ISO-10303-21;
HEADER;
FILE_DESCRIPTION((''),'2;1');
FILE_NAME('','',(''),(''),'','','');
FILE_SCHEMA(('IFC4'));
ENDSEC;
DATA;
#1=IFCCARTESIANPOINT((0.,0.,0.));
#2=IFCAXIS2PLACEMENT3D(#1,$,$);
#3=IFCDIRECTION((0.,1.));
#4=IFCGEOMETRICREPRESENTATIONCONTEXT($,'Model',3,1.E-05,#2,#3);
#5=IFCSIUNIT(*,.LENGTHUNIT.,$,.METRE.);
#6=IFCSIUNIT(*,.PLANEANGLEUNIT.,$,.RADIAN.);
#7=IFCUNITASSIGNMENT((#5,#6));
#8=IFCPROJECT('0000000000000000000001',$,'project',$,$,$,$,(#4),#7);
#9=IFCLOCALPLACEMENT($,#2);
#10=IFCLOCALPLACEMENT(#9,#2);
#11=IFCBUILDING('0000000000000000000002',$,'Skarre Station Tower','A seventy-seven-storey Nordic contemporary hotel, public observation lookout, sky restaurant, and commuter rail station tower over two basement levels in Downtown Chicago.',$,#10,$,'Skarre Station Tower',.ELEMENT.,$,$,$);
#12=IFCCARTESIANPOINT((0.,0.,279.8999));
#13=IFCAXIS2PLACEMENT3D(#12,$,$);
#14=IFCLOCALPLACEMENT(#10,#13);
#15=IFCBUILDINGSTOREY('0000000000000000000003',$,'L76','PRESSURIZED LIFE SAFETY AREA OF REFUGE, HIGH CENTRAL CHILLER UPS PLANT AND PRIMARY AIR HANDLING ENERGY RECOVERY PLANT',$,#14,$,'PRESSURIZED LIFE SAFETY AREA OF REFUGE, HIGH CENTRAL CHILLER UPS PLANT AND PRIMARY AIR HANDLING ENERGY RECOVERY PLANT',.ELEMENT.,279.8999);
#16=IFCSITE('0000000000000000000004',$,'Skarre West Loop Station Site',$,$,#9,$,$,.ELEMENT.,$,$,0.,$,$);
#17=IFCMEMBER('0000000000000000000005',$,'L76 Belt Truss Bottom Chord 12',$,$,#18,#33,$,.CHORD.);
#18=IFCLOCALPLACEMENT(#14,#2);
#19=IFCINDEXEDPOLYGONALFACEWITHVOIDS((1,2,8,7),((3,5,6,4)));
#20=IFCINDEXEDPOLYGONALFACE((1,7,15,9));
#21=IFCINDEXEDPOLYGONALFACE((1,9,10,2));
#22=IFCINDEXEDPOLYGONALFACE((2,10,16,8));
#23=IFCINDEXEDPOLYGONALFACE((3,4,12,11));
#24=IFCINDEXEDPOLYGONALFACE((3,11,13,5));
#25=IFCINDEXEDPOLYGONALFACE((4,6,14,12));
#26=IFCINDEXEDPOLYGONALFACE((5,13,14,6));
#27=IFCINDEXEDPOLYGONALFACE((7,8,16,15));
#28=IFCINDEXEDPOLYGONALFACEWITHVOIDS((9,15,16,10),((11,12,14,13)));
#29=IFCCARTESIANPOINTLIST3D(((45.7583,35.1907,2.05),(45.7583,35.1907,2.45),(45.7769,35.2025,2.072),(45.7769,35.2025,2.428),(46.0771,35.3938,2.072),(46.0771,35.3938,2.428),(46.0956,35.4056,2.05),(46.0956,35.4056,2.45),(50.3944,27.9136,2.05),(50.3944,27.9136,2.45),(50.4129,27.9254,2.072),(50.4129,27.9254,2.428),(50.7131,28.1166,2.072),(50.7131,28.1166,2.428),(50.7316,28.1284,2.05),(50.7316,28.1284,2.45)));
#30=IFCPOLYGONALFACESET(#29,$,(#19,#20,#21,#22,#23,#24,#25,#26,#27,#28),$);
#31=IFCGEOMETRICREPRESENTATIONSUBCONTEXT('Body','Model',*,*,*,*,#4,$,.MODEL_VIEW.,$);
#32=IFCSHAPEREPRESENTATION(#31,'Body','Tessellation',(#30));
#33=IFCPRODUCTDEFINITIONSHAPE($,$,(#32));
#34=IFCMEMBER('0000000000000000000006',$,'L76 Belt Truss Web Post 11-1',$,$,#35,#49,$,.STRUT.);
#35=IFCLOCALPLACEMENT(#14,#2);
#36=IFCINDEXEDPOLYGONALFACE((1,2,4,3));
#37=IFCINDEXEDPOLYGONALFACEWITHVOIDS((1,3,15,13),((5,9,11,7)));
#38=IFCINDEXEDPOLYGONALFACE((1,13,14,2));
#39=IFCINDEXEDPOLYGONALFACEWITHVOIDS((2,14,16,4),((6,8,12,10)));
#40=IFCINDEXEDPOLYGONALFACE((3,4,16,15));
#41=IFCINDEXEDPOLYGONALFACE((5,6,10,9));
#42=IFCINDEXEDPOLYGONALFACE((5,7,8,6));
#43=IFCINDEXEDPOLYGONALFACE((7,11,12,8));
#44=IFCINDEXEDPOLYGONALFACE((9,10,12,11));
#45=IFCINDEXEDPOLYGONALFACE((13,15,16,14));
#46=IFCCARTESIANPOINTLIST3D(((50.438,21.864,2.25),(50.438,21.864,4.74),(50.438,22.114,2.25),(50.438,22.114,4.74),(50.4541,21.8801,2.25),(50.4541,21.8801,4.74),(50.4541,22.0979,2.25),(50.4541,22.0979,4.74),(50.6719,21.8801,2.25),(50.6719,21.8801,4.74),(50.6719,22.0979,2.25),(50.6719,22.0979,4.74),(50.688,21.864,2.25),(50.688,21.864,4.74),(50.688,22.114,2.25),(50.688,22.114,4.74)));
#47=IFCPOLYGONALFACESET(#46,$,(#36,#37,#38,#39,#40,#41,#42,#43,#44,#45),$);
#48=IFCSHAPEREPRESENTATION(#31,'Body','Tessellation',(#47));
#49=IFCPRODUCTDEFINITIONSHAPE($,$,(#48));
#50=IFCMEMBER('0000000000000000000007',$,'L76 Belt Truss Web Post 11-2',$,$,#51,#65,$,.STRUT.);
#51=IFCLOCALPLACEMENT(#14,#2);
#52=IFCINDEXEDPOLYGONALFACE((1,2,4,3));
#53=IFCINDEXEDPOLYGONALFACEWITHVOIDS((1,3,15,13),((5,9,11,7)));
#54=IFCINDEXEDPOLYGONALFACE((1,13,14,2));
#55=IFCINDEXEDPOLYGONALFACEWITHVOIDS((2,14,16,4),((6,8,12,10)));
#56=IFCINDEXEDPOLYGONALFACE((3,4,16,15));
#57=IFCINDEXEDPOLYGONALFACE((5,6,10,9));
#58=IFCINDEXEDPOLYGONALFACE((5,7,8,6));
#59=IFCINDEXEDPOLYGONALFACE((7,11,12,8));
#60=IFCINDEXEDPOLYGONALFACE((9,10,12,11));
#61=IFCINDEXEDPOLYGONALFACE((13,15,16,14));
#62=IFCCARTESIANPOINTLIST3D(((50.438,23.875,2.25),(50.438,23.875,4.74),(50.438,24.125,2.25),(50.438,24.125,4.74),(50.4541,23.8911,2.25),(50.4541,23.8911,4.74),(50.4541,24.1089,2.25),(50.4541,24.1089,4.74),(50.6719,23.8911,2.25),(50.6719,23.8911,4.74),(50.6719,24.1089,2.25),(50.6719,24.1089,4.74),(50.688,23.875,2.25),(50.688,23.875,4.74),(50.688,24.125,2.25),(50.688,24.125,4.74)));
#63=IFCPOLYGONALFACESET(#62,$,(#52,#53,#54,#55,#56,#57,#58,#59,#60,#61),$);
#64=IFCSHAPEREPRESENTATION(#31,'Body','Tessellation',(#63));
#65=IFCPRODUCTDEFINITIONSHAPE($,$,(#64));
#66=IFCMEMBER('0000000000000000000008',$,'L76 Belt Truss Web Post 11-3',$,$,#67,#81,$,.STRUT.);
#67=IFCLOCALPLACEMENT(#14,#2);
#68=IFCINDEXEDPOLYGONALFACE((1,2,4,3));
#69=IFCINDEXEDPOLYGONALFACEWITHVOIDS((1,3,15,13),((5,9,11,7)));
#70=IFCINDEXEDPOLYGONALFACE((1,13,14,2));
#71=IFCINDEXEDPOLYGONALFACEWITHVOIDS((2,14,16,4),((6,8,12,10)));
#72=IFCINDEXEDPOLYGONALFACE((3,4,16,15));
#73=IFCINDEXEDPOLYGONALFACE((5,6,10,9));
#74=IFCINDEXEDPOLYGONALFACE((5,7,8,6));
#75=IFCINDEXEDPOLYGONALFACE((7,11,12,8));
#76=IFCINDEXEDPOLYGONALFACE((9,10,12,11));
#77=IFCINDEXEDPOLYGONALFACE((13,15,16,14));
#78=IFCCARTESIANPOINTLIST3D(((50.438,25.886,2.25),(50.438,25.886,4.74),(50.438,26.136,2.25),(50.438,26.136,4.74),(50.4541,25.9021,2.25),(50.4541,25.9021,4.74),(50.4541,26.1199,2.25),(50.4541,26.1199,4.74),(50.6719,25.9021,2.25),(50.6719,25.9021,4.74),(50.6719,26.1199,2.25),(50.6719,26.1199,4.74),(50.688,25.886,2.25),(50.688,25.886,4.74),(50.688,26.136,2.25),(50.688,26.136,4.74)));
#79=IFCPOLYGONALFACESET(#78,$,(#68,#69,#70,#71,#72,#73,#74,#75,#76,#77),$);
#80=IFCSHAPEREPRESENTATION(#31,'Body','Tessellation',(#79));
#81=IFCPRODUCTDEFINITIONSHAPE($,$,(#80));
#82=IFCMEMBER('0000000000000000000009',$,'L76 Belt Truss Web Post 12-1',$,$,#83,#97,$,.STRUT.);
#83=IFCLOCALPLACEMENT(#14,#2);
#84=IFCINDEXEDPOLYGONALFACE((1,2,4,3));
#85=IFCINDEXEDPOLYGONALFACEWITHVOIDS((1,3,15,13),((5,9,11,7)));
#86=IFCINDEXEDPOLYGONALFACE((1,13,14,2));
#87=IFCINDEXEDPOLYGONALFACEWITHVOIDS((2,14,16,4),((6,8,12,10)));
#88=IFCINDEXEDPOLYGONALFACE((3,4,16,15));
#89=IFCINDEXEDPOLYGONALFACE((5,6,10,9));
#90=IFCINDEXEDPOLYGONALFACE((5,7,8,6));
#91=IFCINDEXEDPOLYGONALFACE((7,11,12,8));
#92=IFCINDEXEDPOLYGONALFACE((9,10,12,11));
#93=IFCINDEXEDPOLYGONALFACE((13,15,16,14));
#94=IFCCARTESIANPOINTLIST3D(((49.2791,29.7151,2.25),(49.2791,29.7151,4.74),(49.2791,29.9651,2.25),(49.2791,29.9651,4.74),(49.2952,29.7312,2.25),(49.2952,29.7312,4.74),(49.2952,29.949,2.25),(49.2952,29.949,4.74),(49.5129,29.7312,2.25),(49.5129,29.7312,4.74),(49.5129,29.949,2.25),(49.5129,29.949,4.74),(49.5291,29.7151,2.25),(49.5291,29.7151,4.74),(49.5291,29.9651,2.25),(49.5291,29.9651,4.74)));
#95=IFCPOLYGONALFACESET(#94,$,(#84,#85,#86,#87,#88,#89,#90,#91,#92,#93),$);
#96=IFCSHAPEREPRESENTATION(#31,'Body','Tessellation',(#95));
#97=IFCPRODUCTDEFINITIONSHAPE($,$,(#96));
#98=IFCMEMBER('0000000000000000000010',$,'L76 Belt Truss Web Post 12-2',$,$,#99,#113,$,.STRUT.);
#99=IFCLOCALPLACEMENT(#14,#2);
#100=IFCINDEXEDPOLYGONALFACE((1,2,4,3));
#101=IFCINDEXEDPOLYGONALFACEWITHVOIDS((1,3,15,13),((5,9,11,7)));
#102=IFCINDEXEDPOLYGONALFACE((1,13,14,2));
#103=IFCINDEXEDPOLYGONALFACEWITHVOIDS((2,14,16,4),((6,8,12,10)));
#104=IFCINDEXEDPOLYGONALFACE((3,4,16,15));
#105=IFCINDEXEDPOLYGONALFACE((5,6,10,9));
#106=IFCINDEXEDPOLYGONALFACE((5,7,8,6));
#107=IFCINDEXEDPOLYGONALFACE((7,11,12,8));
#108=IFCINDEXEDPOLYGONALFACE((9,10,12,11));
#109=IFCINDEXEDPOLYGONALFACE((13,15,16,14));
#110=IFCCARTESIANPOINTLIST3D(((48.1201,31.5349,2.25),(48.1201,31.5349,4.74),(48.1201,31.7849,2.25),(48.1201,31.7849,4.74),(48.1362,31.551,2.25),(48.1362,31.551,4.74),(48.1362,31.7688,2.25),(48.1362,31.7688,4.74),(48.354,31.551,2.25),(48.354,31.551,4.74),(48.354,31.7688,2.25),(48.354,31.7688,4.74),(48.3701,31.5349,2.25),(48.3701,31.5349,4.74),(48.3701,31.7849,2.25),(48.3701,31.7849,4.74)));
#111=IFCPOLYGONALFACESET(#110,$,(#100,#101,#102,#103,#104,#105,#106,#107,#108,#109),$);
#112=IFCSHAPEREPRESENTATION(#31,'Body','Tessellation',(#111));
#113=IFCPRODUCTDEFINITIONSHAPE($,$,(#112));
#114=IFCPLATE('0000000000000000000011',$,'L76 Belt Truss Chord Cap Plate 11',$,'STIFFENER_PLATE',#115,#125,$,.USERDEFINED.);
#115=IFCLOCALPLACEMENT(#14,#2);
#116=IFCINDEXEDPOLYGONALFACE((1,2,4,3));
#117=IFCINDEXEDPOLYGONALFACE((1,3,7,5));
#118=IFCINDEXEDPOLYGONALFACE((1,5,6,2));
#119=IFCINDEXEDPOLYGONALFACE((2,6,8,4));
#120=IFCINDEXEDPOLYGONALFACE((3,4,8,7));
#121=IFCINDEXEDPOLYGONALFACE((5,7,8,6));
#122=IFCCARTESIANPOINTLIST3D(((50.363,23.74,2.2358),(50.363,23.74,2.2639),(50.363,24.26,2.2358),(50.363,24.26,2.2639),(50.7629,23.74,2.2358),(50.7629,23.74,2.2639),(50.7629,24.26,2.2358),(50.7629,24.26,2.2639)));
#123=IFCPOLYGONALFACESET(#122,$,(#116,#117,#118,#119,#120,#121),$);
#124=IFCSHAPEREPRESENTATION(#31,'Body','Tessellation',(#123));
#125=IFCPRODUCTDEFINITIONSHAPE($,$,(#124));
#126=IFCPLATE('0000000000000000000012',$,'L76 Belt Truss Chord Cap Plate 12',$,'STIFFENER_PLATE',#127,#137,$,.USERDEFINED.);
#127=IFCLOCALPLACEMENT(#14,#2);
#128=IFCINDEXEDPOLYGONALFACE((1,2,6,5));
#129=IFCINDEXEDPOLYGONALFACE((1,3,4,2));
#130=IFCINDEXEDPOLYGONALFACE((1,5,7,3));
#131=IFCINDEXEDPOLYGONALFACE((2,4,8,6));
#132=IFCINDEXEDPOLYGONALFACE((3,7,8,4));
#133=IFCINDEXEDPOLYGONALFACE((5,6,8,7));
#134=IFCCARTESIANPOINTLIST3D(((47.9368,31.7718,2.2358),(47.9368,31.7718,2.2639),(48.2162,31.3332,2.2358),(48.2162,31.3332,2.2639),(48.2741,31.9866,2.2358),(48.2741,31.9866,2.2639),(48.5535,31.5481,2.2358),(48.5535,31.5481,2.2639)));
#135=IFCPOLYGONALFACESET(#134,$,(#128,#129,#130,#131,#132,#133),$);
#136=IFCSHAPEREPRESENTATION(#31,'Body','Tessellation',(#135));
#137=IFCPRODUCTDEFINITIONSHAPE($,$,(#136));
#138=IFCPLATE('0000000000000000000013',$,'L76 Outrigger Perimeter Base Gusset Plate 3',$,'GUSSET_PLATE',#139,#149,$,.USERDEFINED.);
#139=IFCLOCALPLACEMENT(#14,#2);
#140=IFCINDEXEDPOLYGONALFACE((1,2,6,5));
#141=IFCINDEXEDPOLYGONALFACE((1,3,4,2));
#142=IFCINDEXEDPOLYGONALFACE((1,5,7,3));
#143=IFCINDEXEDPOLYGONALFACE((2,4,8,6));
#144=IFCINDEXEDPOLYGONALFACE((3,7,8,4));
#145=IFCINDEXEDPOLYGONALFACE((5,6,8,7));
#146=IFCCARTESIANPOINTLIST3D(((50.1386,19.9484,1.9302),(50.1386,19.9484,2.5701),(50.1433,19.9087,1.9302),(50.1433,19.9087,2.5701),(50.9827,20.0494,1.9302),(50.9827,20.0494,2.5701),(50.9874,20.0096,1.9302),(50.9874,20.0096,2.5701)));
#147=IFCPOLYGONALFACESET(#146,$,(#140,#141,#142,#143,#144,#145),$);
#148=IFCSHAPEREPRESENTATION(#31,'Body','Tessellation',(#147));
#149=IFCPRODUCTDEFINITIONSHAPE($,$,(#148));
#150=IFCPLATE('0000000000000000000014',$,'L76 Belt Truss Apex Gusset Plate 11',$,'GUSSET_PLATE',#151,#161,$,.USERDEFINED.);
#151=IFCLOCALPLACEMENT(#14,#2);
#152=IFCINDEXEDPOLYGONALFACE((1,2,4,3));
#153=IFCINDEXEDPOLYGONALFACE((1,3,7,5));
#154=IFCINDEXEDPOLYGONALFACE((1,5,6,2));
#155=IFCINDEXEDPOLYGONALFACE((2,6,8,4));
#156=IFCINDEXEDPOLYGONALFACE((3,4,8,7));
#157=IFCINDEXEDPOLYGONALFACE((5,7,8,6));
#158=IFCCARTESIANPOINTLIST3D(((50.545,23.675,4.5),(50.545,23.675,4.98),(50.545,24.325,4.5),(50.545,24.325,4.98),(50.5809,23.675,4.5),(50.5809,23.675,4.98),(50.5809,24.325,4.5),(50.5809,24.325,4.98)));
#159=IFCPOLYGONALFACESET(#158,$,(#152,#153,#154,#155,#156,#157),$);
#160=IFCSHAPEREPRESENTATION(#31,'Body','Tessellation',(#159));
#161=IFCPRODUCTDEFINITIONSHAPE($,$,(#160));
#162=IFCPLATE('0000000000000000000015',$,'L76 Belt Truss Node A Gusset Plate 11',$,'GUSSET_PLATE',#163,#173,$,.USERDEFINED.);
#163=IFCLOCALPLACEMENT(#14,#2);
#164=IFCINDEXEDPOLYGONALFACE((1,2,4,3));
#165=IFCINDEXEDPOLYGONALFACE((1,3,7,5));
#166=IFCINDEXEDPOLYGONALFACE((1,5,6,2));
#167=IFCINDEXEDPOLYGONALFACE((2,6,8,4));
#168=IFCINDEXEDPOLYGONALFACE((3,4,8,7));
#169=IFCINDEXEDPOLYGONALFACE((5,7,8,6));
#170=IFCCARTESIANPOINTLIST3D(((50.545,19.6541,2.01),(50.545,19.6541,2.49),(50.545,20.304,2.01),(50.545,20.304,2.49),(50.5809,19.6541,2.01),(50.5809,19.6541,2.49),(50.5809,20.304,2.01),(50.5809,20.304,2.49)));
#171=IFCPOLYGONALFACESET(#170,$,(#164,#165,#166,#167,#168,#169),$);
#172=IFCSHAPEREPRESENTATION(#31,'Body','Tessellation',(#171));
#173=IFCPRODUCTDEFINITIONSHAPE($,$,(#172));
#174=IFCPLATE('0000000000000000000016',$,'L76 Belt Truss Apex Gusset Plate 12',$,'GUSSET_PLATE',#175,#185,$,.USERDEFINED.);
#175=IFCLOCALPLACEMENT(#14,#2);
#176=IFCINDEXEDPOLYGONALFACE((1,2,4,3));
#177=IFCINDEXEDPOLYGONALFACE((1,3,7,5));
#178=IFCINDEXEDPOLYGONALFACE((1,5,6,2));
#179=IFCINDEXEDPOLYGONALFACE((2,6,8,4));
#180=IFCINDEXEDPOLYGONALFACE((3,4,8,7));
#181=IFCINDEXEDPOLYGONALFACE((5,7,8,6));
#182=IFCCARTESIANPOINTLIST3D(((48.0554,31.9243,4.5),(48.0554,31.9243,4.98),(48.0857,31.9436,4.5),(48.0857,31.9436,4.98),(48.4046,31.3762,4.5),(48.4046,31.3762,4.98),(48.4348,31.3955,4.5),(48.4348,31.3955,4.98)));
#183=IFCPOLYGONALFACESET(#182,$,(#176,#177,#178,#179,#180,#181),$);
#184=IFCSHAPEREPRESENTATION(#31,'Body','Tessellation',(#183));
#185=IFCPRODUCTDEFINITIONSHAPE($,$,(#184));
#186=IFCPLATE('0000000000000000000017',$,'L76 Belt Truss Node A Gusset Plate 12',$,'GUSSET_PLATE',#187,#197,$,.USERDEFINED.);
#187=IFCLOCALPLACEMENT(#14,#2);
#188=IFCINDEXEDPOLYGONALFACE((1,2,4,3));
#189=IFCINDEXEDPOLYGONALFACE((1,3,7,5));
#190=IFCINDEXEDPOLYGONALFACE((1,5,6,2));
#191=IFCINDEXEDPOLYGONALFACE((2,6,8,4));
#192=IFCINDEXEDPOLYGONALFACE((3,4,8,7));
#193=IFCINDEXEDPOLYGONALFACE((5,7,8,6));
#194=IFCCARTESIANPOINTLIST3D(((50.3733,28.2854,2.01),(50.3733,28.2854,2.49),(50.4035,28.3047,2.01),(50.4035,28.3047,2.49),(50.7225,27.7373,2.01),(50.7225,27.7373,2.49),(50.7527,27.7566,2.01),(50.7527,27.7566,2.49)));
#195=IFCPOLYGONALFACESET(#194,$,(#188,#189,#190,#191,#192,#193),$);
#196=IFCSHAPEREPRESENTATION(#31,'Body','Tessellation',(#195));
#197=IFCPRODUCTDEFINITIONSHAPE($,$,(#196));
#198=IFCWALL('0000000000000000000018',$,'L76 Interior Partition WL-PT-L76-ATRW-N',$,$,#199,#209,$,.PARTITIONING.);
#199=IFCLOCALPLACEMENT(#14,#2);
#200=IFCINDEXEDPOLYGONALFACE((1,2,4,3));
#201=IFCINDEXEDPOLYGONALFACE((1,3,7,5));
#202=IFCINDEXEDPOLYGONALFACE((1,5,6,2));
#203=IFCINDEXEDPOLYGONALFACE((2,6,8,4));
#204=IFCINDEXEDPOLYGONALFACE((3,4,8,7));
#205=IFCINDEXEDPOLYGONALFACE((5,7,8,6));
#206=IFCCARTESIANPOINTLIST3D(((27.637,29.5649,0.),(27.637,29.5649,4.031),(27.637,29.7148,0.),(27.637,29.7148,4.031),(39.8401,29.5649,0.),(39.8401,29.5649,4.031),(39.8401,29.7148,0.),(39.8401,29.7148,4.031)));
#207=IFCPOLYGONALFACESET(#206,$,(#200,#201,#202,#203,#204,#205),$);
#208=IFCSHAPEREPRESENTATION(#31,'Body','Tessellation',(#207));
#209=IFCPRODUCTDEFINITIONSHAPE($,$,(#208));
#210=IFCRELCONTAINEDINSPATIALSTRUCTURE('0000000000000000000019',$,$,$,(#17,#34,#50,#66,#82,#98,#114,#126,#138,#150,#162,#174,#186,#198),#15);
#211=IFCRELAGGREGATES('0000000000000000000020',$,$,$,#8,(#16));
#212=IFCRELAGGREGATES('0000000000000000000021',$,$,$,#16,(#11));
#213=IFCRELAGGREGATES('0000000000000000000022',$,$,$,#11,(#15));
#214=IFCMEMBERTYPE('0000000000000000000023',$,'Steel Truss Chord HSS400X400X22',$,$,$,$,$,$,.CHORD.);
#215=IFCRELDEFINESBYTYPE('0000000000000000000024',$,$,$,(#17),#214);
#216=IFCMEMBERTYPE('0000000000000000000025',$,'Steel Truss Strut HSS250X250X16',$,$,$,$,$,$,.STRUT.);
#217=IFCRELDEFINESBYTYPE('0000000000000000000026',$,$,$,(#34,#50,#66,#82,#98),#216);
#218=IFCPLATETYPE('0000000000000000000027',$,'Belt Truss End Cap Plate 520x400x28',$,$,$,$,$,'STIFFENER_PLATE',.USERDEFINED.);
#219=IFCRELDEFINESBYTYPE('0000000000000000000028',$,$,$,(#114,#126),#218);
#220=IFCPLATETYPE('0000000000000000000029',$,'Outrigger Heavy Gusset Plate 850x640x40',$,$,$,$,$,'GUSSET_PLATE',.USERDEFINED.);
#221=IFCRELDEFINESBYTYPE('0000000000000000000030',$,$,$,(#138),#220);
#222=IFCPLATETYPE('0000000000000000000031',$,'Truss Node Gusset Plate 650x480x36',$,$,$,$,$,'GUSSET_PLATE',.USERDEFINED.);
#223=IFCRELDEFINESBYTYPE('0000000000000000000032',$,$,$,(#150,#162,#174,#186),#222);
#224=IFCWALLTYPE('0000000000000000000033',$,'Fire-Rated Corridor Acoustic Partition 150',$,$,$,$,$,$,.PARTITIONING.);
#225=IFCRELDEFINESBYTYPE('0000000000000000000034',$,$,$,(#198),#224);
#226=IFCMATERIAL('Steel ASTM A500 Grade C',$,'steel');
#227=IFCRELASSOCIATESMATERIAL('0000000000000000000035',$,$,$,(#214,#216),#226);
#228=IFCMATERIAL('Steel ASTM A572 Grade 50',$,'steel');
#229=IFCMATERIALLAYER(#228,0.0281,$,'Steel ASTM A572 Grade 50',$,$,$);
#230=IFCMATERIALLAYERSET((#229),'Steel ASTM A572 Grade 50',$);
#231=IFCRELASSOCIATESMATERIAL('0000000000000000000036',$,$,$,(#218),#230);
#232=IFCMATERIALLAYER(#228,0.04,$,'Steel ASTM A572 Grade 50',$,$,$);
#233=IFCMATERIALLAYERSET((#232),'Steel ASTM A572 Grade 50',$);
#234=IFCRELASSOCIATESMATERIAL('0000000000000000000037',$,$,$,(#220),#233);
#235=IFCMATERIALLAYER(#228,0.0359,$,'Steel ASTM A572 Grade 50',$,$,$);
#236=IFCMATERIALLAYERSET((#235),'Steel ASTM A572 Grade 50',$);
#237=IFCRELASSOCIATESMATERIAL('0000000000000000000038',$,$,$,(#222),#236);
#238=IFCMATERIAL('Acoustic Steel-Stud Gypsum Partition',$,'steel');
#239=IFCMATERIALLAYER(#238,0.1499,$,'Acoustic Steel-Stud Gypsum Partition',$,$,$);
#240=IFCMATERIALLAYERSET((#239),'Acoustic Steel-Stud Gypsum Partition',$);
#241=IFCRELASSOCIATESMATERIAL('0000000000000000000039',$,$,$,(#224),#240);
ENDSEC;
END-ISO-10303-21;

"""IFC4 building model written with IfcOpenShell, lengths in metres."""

from ifc_helpers import new_model, si_unit, direction, frame, frame_2d, origin, origin_2d, place, context, subcontext, project, spatial, rectangle, hollow_rectangle, extrude, material, layer, layer_set, material_profile, profile_set, type_object, element, save


model = new_model("IFC4")

# Units and contexts
model_context = context("Model", 3, precision=1e-05, world=origin(), true_north=direction((0.0, 1.0)))
body_context = subcontext(model_context, "Body", "Model", "MODEL_VIEW")
ifc_project = project(units=[si_unit("LENGTHUNIT", "METRE"), si_unit("PLANEANGLEUNIT", "RADIAN")], contexts=[model_context])

# Site, building, storey
site_placement = place(None, origin())
site = spatial("IfcSite", under=ifc_project, at=site_placement, Name="Skarre West Loop Station Site", CompositionType="ELEMENT", RefElevation=0.0)
building_placement = place(site_placement, origin())
building = spatial("IfcBuilding", under=site, at=building_placement, Name="Skarre Station Tower", Description="A seventy-seven-storey Nordic contemporary hotel, public observation lookout, sky restaurant, and commuter rail station tower over two basement levels in Downtown Chicago.", LongName="Skarre Station Tower", CompositionType="ELEMENT")
storey_placement = place(building_placement, frame((0.0, 0.0, 279.8999)))
storey = spatial("IfcBuildingStorey", under=building, at=storey_placement, Name="L76", Description="PRESSURIZED LIFE SAFETY AREA OF REFUGE, HIGH CENTRAL CHILLER UPS PLANT AND PRIMARY AIR HANDLING ENERGY RECOVERY PLANT", LongName="PRESSURIZED LIFE SAFETY AREA OF REFUGE, HIGH CENTRAL CHILLER UPS PLANT AND PRIMARY AIR HANDLING ENERGY RECOVERY PLANT", CompositionType="ELEMENT", Elevation=279.8999)

# Members
ifc_material_1 = material(Name="Steel ASTM A500 Grade C", Category="steel")
ifc_material_profile_1 = material_profile(ifc_material_1, hollow_rectangle(XDim=0.3999, YDim=0.3999, WallThickness=0.022, at=origin_2d()), Name="Steel ASTM A500 Grade C")
ifc_profile_set_1 = profile_set([ifc_material_profile_1], Name="Steel ASTM A500 Grade C")
member_type_1 = type_object("IfcMemberType", Name="Steel Truss Chord HSS400X400X22", PredefinedType="CHORD", material=ifc_profile_set_1)
member_1_placement = place(storey_placement, frame((50.563, 28.021, 2.25), z_axis=(-0.537297, 0.843393, 0.0), x_axis=(-0.843393, -0.537297, 0.0)))
element("IfcMember", 1, at=member_1_placement, inside=storey, type_object=member_type_1, Name="L76 Belt Truss Bottom Chord 12", PredefinedType="CHORD", context=body_context, shape_type="SweptSolid", body=[
    extrude(hollow_rectangle(XDim=0.3999, YDim=0.3999, WallThickness=0.022, at=origin_2d()), origin(), (0.0, 0.0, 1.0), 8.6284),
])
ifc_material_profile_2 = material_profile(ifc_material_1, hollow_rectangle(XDim=0.25, YDim=0.25, WallThickness=0.0161, at=origin_2d()), Name="Steel ASTM A500 Grade C")
ifc_profile_set_2 = profile_set([ifc_material_profile_2], Name="Steel ASTM A500 Grade C")
member_type_2 = type_object("IfcMemberType", Name="Steel Truss Strut HSS250X250X16", PredefinedType="STRUT", material=ifc_profile_set_2)
for number, where, z_axis, x_axis, name in (
    (2, (50.563, 21.989, 2.25), (0.0, 0.0, 1.0), (1.0, 0.0, 0.0), "L76 Belt Truss Web Post 11-1"),
    (3, (50.563, 24.0, 2.25), (0.0, 0.0, 1.0), (1.0, 0.0, 0.0), "L76 Belt Truss Web Post 11-2"),
    (4, (50.563, 26.011, 2.25), (0.0, 0.0, 1.0), (1.0, 0.0, 0.0), "L76 Belt Truss Web Post 11-3"),
    (5, (49.4041, 29.8401, 2.25), (0.0, 0.0, 1.0), (1.0, 0.0, 0.0), "L76 Belt Truss Web Post 12-1"),
    (6, (48.2451, 31.6599, 2.25), (0.0, 0.0, 1.0), (1.0, 0.0, 0.0), "L76 Belt Truss Web Post 12-2"),
):
    element("IfcMember", number, at=place(storey_placement, frame(where, z_axis=z_axis, x_axis=x_axis)), inside=storey, type_object=member_type_2, Name=name, PredefinedType="STRUT", context=body_context, shape_type="SweptSolid", body=[
        extrude(hollow_rectangle(XDim=0.25, YDim=0.25, WallThickness=0.0161, at=origin_2d()), origin(), (0.0, 0.0, 1.0), 2.49),
    ])

# Plates
ifc_material_2 = material(Name="Steel ASTM A572 Grade 50", Category="steel")
ifc_layer_1 = layer(ifc_material_2, 0.0281, Name="Steel ASTM A572 Grade 50")
ifc_layer_set_1 = layer_set([ifc_layer_1], Name="Steel ASTM A572 Grade 50")
plate_type_1 = type_object("IfcPlateType", Name="Belt Truss End Cap Plate 520x400x28", ElementType="STIFFENER_PLATE", PredefinedType="USERDEFINED", material=ifc_layer_set_1)
for number, where, z_axis, x_axis, name in (
    (7, (50.563, 24.0, 2.2358), (0.0, 0.0, 1.0), (0.0, 1.0, 0.0), "L76 Belt Truss Chord Cap Plate 11"),
    (8, (48.2451, 31.6599, 2.2358), (0.0, 0.0, 1.0), (-0.5373, 0.843391, 0.0), "L76 Belt Truss Chord Cap Plate 12"),
):
    element("IfcPlate", number, at=place(storey_placement, frame(where, z_axis=z_axis, x_axis=x_axis)), inside=storey, type_object=plate_type_1, Name=name, ObjectType="STIFFENER_PLATE", PredefinedType="USERDEFINED", context=body_context, shape_type="SweptSolid", body=[
        extrude(rectangle(XDim=0.52, YDim=0.3999, at=origin_2d()), origin(), (0.0, 0.0, 1.0), 0.0281),
    ])
ifc_layer_2 = layer(ifc_material_2, 0.04, Name="Steel ASTM A572 Grade 50")
ifc_layer_set_2 = layer_set([ifc_layer_2], Name="Steel ASTM A572 Grade 50")
plate_type_2 = type_object("IfcPlateType", Name="Outrigger Heavy Gusset Plate 850x640x40", ElementType="GUSSET_PLATE", PredefinedType="USERDEFINED", material=ifc_layer_set_2)
plate_placement = place(storey_placement, frame((50.563, 19.979, 1.9302), z_axis=(0.0, 0.0, 1.0), x_axis=(0.992924, 0.118751, 0.0)))
element("IfcPlate", 9, at=plate_placement, inside=storey, type_object=plate_type_2, Name="L76 Outrigger Perimeter Base Gusset Plate 3", ObjectType="GUSSET_PLATE", PredefinedType="USERDEFINED", context=body_context, shape_type="SweptSolid", body=[
    extrude(rectangle(XDim=0.8501, YDim=0.04, at=origin_2d()), origin(), (0.0, 0.0, 1.0), 0.6399),
])
ifc_layer_3 = layer(ifc_material_2, 0.0359, Name="Steel ASTM A572 Grade 50")
ifc_layer_set_3 = layer_set([ifc_layer_3], Name="Steel ASTM A572 Grade 50")
plate_type_3 = type_object("IfcPlateType", Name="Truss Node Gusset Plate 650x480x36", ElementType="GUSSET_PLATE", PredefinedType="USERDEFINED", material=ifc_layer_set_3)
for number, where, z_axis, x_axis, name in (
    (10, (50.563, 24.0, 4.5), (0.0, 0.0, 1.0), (0.0, 1.0, 0.0), "L76 Belt Truss Apex Gusset Plate 11"),
    (11, (50.563, 19.979, 2.01), (0.0, 0.0, 1.0), (0.0, 1.0, 0.0), "L76 Belt Truss Node A Gusset Plate 11"),
    (12, (48.2451, 31.6599, 4.5), (0.0, 0.0, 1.0), (-0.5373, 0.843391, 0.0), "L76 Belt Truss Apex Gusset Plate 12"),
    (13, (50.563, 28.021, 2.01), (0.0, 0.0, 1.0), (-0.5373, 0.843391, 0.0), "L76 Belt Truss Node A Gusset Plate 12"),
):
    element("IfcPlate", number, at=place(storey_placement, frame(where, z_axis=z_axis, x_axis=x_axis)), inside=storey, type_object=plate_type_3, Name=name, ObjectType="GUSSET_PLATE", PredefinedType="USERDEFINED", context=body_context, shape_type="SweptSolid", body=[
        extrude(rectangle(XDim=0.6499, YDim=0.0359, at=origin_2d()), origin(), (0.0, 0.0, 1.0), 0.48),
    ])

# Wall
ifc_material_3 = material(Name="Acoustic Steel-Stud Gypsum Partition", Category="steel")
ifc_layer_4 = layer(ifc_material_3, 0.1499, Name="Acoustic Steel-Stud Gypsum Partition")
ifc_layer_set_4 = layer_set([ifc_layer_4], Name="Acoustic Steel-Stud Gypsum Partition")
wall_type_1 = type_object("IfcWallType", Name="Fire-Rated Corridor Acoustic Partition 150", PredefinedType="PARTITIONING", material=ifc_layer_set_4)
wall_1_placement = place(storey_placement, frame((39.8401, 29.6399, 0.0), z_axis=(0.0, 0.0, 1.0), x_axis=(-1.0, 0.0, 0.0)))
element("IfcWall", 14, at=wall_1_placement, inside=storey, type_object=wall_type_1, Name="L76 Interior Partition WL-PT-L76-ATRW-N", PredefinedType="PARTITIONING", context=body_context, shape_type="SweptSolid", body=[
    extrude(rectangle(XDim=12.2031, YDim=0.1499, at=frame_2d((6.1016, 0.0))), origin(), (0.0, 0.0, 1.0), 4.031),
])

save(model, "model.ifc")
